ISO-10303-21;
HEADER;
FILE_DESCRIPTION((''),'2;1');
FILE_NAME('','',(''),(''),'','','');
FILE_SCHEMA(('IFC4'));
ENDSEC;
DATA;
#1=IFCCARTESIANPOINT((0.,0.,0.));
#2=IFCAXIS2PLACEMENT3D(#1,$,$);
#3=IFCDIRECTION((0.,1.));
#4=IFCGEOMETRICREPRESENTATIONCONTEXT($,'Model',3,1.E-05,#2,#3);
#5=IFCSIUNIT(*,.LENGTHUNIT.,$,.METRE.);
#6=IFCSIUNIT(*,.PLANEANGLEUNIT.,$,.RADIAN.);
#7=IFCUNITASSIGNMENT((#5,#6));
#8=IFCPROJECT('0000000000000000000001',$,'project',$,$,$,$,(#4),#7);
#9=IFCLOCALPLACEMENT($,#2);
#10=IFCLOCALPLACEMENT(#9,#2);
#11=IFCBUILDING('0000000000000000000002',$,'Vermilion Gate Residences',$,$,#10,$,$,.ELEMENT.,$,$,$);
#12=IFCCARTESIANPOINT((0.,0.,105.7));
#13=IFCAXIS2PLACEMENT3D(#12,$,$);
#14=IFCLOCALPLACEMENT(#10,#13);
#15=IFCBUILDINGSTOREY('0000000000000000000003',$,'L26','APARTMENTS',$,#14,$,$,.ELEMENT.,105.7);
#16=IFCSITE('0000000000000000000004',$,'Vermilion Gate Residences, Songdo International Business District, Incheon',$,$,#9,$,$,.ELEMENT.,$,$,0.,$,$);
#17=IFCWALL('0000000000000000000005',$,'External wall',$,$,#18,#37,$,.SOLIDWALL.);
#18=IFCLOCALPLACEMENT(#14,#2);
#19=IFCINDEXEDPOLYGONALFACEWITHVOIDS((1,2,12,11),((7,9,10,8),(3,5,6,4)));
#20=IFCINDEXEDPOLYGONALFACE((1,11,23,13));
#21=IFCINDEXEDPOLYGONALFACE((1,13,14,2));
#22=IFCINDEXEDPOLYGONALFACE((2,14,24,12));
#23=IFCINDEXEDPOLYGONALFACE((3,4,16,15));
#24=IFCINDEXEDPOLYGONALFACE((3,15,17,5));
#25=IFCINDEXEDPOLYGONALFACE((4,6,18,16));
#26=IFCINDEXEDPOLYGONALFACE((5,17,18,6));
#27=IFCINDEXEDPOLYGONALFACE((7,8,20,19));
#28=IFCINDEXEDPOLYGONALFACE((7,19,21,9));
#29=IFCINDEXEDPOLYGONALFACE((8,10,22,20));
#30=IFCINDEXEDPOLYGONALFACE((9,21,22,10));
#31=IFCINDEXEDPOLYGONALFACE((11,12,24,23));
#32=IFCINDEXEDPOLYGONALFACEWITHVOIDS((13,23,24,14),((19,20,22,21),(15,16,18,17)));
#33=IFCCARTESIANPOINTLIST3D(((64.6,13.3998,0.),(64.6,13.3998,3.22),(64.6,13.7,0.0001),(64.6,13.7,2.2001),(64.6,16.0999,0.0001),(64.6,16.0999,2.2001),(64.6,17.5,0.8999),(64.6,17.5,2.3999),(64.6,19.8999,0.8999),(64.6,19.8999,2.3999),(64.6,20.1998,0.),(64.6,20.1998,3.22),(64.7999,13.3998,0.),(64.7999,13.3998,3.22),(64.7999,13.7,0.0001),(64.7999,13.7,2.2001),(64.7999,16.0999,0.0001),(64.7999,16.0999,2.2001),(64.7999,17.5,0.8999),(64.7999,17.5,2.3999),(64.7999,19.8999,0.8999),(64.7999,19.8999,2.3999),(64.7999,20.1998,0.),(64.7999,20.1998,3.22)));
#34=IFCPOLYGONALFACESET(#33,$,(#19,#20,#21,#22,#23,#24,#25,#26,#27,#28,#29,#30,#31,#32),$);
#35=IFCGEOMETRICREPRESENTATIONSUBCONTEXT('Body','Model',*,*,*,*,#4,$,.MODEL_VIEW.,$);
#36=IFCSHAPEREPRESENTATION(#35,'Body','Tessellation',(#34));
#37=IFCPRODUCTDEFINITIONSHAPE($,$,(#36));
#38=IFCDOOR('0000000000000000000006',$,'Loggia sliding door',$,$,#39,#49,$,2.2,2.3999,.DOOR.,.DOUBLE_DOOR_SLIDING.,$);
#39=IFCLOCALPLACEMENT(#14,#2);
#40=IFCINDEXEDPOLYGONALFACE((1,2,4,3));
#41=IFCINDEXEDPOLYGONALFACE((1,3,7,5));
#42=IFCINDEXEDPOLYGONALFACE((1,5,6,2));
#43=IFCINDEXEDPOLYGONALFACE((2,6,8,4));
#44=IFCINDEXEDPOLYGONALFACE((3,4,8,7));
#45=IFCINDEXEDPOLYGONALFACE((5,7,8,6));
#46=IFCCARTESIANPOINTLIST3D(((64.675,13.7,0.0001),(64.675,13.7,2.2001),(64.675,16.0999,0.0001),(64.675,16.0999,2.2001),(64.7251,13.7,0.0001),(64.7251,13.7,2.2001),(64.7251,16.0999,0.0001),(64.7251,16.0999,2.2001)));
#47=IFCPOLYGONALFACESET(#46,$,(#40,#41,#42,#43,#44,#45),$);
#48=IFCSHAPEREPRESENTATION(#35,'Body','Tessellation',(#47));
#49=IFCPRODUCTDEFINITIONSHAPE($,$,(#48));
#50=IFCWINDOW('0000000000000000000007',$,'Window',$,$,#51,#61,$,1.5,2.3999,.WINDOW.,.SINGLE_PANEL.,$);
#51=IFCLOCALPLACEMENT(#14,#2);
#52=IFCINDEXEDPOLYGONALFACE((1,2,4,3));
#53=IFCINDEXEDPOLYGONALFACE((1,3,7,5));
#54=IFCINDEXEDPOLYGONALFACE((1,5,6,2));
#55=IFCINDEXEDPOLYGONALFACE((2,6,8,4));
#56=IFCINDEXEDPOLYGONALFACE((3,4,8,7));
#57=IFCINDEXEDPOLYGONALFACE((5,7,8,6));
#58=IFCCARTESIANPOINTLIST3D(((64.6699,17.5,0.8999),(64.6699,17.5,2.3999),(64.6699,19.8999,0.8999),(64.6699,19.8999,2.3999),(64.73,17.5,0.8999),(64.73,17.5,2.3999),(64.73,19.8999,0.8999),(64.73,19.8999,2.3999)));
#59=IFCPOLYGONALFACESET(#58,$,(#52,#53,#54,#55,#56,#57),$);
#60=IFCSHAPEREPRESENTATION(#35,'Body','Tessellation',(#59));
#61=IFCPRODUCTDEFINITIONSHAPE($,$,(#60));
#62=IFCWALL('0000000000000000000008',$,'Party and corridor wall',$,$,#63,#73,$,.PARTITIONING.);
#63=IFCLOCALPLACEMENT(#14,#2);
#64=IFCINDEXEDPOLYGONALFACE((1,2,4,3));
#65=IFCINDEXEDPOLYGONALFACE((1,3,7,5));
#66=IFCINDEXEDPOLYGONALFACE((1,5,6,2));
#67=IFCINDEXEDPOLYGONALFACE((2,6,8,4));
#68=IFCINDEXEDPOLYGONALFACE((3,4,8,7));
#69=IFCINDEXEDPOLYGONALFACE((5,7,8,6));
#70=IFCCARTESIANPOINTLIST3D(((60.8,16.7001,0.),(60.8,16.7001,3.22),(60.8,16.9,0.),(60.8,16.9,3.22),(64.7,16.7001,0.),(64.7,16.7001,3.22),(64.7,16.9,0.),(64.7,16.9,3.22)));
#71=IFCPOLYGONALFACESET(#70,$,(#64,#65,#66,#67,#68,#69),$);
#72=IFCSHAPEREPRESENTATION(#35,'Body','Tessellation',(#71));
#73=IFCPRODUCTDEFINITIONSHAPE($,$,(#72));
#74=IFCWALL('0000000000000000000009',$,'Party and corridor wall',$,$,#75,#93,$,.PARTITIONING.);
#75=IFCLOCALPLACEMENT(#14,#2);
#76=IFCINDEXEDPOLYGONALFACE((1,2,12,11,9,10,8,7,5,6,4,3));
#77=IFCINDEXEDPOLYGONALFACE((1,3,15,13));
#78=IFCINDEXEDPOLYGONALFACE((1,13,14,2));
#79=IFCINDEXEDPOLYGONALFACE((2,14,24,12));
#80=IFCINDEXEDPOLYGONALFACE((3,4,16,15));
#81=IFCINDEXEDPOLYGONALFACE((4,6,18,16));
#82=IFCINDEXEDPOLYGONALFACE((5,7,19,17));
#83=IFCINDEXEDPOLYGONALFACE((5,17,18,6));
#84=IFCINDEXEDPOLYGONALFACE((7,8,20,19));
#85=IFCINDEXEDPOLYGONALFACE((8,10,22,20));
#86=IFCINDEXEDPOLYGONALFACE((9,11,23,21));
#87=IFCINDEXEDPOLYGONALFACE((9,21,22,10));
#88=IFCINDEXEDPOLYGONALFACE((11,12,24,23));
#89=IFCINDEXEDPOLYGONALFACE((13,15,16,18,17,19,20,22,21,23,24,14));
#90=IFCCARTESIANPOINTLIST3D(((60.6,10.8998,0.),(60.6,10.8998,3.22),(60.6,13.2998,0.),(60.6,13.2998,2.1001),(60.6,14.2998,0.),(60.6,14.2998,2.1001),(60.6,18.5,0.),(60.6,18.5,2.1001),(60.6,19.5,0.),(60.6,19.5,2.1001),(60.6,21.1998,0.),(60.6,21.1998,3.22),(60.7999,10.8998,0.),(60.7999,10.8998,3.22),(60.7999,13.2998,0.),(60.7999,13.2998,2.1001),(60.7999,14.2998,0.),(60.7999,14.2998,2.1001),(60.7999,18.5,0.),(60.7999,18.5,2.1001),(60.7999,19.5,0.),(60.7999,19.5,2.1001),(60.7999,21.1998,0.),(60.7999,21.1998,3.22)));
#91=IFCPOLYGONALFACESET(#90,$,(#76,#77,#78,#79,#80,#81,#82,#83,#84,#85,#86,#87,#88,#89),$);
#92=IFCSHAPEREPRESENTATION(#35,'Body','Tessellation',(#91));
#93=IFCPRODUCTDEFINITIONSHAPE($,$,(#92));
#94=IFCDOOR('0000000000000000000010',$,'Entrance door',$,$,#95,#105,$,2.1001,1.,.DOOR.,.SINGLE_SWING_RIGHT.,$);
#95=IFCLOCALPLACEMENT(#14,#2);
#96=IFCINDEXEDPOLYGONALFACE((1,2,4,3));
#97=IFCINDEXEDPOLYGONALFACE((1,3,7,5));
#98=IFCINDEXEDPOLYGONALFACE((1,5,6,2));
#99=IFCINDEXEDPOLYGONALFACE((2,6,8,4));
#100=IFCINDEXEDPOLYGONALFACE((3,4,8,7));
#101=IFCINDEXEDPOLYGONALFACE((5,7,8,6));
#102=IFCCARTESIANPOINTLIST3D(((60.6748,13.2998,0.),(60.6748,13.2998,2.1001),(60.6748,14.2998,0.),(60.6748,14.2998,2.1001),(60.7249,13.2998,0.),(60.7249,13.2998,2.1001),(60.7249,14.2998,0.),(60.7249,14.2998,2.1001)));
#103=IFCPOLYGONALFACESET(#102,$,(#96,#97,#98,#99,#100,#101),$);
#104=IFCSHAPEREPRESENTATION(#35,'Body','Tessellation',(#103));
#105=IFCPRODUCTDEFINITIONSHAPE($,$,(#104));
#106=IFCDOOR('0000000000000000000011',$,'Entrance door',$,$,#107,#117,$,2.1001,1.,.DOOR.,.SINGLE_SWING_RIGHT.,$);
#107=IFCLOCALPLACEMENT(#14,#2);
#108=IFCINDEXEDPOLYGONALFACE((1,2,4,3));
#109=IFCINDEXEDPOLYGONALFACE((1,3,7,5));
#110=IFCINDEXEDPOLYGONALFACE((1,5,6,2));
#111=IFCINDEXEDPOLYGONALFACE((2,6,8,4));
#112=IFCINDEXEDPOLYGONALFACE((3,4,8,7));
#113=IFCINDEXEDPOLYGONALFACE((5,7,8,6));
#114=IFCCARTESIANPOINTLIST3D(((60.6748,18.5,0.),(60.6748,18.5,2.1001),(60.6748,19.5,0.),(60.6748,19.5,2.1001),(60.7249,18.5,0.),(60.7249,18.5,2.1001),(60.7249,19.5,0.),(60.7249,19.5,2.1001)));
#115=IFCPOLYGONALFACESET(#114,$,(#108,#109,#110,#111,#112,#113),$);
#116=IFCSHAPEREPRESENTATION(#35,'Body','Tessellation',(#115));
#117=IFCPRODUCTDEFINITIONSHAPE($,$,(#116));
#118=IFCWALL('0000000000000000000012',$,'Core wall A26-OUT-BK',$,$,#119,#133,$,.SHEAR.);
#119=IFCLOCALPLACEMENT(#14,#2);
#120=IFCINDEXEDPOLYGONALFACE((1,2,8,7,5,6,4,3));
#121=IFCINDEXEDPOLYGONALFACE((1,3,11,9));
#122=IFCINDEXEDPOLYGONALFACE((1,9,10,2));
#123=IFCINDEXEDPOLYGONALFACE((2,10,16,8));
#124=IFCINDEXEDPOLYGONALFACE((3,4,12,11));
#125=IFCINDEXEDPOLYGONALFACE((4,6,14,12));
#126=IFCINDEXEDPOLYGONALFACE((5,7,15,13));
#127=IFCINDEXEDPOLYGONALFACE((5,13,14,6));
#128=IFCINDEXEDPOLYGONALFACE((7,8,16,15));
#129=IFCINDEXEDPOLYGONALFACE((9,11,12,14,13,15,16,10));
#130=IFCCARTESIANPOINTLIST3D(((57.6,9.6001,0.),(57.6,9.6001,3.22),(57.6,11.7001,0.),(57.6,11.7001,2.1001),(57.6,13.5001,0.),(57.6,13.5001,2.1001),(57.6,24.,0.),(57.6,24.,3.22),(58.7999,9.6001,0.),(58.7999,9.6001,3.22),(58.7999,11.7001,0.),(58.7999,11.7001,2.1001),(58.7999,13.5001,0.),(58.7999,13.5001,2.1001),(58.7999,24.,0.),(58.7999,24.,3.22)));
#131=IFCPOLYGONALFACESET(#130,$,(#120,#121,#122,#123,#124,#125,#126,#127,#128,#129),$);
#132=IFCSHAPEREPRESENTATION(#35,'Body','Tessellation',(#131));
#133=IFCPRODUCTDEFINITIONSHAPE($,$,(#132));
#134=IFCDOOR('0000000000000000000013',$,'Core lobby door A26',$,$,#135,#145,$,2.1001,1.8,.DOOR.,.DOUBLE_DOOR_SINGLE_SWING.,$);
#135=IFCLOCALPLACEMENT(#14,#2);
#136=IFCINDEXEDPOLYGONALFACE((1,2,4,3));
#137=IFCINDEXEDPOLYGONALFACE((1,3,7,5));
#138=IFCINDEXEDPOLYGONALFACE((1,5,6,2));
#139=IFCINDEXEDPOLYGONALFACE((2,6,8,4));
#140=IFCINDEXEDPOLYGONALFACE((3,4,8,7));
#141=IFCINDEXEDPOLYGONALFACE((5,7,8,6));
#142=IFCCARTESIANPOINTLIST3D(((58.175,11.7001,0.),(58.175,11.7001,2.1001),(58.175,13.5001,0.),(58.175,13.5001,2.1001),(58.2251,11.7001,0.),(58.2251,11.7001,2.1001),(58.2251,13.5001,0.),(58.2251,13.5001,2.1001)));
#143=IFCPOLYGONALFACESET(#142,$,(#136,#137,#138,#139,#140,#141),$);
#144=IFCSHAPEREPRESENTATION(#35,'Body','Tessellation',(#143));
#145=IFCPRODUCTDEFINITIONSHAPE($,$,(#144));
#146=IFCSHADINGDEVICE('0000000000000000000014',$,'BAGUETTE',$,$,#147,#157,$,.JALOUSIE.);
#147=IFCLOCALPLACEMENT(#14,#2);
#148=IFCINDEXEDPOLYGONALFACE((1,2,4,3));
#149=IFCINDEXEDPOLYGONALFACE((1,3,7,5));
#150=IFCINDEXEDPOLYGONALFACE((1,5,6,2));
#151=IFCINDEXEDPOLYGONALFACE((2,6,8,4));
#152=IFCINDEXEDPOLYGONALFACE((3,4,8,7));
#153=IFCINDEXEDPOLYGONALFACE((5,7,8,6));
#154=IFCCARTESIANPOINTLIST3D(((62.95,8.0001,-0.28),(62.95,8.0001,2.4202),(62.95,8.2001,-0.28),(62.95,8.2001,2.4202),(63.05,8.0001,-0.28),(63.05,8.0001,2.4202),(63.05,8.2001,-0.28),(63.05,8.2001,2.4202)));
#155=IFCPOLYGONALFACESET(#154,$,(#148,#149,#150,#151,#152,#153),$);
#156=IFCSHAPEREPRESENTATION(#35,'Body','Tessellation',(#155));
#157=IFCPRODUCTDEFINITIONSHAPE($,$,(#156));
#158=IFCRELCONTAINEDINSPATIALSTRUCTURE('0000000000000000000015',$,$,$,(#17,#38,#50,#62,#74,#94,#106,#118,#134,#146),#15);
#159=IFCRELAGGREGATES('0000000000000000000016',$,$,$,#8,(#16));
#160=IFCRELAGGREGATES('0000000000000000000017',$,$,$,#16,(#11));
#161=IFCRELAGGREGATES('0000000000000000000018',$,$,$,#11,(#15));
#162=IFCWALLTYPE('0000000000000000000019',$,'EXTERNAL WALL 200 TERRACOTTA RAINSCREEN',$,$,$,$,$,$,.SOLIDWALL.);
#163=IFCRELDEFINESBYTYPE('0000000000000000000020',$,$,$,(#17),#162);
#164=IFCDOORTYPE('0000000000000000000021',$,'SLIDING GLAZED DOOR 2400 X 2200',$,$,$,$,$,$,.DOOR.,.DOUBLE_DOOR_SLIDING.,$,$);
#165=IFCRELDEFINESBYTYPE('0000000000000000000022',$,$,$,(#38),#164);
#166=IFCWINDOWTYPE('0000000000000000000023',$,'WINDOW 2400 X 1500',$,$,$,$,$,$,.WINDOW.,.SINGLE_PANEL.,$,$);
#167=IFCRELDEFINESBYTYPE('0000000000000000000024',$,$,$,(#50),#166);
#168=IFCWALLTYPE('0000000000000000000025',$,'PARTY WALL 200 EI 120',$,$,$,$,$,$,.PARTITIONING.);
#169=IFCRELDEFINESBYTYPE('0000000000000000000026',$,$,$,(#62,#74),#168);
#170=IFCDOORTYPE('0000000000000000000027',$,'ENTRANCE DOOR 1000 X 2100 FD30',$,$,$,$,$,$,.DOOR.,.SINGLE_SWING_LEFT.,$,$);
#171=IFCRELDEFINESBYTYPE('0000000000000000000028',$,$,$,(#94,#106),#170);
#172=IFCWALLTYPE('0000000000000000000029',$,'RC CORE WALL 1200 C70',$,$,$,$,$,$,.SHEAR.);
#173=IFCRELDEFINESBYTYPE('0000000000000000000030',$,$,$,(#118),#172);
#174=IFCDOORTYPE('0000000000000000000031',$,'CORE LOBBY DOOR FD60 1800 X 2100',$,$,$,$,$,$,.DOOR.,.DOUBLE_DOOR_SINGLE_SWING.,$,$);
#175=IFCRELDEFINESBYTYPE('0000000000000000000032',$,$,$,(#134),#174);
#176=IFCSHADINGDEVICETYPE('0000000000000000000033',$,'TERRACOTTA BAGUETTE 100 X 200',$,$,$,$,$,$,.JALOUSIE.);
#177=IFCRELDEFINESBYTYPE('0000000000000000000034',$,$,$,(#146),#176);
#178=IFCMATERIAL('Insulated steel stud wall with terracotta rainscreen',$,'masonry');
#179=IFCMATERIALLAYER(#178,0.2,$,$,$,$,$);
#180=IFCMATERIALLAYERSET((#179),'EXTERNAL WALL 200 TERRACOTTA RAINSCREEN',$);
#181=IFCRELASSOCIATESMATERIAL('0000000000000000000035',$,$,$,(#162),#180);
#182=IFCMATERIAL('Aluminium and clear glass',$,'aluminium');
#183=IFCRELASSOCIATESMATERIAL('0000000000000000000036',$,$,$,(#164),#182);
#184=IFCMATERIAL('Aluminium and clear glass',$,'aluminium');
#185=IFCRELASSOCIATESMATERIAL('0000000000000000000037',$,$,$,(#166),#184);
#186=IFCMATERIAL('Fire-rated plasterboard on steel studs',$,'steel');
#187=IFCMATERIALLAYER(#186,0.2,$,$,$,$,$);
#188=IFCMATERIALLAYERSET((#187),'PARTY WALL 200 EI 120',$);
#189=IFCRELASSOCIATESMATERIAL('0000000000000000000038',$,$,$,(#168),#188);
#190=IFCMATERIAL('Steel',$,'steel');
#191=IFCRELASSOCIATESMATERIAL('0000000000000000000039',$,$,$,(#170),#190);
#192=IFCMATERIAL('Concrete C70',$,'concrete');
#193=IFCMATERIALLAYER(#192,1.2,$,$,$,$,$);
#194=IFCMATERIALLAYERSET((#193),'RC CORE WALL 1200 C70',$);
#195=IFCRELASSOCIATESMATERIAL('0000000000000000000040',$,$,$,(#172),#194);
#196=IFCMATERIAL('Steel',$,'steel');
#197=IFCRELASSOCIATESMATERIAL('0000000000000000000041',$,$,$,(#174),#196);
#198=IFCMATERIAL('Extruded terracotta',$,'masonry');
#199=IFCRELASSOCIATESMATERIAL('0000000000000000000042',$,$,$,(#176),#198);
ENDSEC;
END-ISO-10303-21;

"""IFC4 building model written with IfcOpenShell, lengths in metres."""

from ifc_helpers import new_model, si_unit, direction, frame, frame_2d, origin, origin_2d, place, context, subcontext, project, spatial, rectangle, extrude, material, layer, layer_set, material_profile, profile_set, type_object, element, fill, save


model = new_model("IFC4")

# Units and contexts
model_context = context("Model", 3, precision=1e-05, world=origin(), true_north=direction((0.0, 1.0)))
body_context = subcontext(model_context, "Body", "Model", "MODEL_VIEW")
ifc_project = project(units=[si_unit("LENGTHUNIT", "METRE"), si_unit("PLANEANGLEUNIT", "RADIAN")], contexts=[model_context])

# Site, building, storey
site_placement = place(None, origin())
site = spatial("IfcSite", under=ifc_project, at=site_placement, Name="Vermilion Gate Residences, Songdo International Business District, Incheon", CompositionType="ELEMENT", RefElevation=0.0)
building_placement = place(site_placement, origin())
building = spatial("IfcBuilding", under=site, at=building_placement, Name="Vermilion Gate Residences", CompositionType="ELEMENT")
storey_placement = place(building_placement, frame((0.0, 0.0, 105.7)))
storey = spatial("IfcBuildingStorey", under=building, at=storey_placement, Name="L26", Description="APARTMENTS", CompositionType="ELEMENT", Elevation=105.7)

# Shared definitions
ifc_material_1 = material(Name="Insulated steel stud wall with terracotta rainscreen", Category="masonry")
ifc_layer_1 = layer(ifc_material_1, 0.2)
ifc_layer_set_1 = layer_set([ifc_layer_1], Name="EXTERNAL WALL 200 TERRACOTTA RAINSCREEN")
wall_type_1 = type_object("IfcWallType", Name="EXTERNAL WALL 200 TERRACOTTA RAINSCREEN", PredefinedType="SOLIDWALL", material=ifc_layer_set_1)

# Wall, openings, door, window
wall_1_placement = place(storey_placement, frame((64.7, 13.3999, 0.0), z_axis=(0.0, 0.0, 1.0), x_axis=(0.0, 1.0, 0.0)))
wall_1 = element("IfcWall", 1, at=wall_1_placement, inside=storey, type_object=wall_type_1, Name="External wall", PredefinedType="SOLIDWALL", context=body_context, shape_type="SweptSolid", body=[
    extrude(rectangle(XDim=6.8, YDim=0.2, at=frame_2d((3.3999, 0.0))), origin(), (0.0, 0.0, 1.0), 3.22),
])
opening_1_placement = place(wall_1_placement, frame((4.1001, 0.0, 0.8999)))
opening_1 = element("IfcOpeningElement", 2, at=opening_1_placement, cuts=wall_1, PredefinedType="OPENING", context=body_context, shape_type="SweptSolid", body=[
    extrude(rectangle(XDim=2.3999, YDim=1.5, at=frame_2d((1.2, 0.75))), frame((0.0, 0.1099, 0.0), z_axis=(0.0, -1.0, 0.0), x_axis=(1.0, 0.0, 0.0)), (0.0, 0.0, 1.0), 0.22),
])
opening_2_placement = place(wall_1_placement, frame((0.3, 0.0, 0.0)))
opening_2 = element("IfcOpeningElement", 3, at=opening_2_placement, cuts=wall_1, PredefinedType="OPENING", context=body_context, shape_type="SweptSolid", body=[
    extrude(rectangle(XDim=2.3999, YDim=2.2, at=frame_2d((1.2, 1.1001))), frame((0.0, 0.1099, 0.0), z_axis=(0.0, -1.0, 0.0), x_axis=(1.0, 0.0, 0.0)), (0.0, 0.0, 1.0), 0.22),
])
ifc_material_2 = material(Name="Aluminium and clear glass", Category="aluminium")
door_type_1 = type_object("IfcDoorType", Name="SLIDING GLAZED DOOR 2400 X 2200", OperationType="DOUBLE_DOOR_SLIDING", PredefinedType="DOOR", material=ifc_material_2)
door_1_placement = place(opening_2_placement, origin())
door_1 = element("IfcDoor", 4, at=door_1_placement, inside=storey, type_object=door_type_1, Name="Loggia sliding door", OperationType="DOUBLE_DOOR_SLIDING", OverallHeight=2.2, OverallWidth=2.3999, PredefinedType="DOOR", context=body_context, shape_type="SweptSolid", body=[
    extrude(rectangle(XDim=2.3999, YDim=2.2, at=frame_2d((1.2, 1.1001))), frame((0.0, 0.0249, 0.0), z_axis=(0.0, -1.0, 0.0), x_axis=(1.0, 0.0, 0.0)), (0.0, 0.0, 1.0), 0.05),
])
fill(opening_2, door_1)
ifc_material_3 = material(Name="Aluminium and clear glass", Category="aluminium")
window_type_1 = type_object("IfcWindowType", Name="WINDOW 2400 X 1500", PartitioningType="SINGLE_PANEL", PredefinedType="WINDOW", material=ifc_material_3)
window_1_placement = place(opening_1_placement, origin())
window_1 = element("IfcWindow", 5, at=window_1_placement, inside=storey, type_object=window_type_1, Name="Window", OverallHeight=1.5, OverallWidth=2.3999, PartitioningType="SINGLE_PANEL", PredefinedType="WINDOW", context=body_context, shape_type="SweptSolid", body=[
    extrude(rectangle(XDim=2.3999, YDim=1.5, at=frame_2d((1.2, 0.75))), frame((0.0, 0.03, 0.0), z_axis=(0.0, -1.0, 0.0), x_axis=(1.0, 0.0, 0.0)), (0.0, 0.0, 1.0), 0.0601),
])
fill(opening_1, window_1)

# Wall
ifc_material_4 = material(Name="Fire-rated plasterboard on steel studs", Category="steel")
ifc_layer_2 = layer(ifc_material_4, 0.2)
ifc_layer_set_2 = layer_set([ifc_layer_2], Name="PARTY WALL 200 EI 120")
wall_type_2 = type_object("IfcWallType", Name="PARTY WALL 200 EI 120", PredefinedType="PARTITIONING", material=ifc_layer_set_2)
wall_2_placement = place(storey_placement, frame((60.8, 16.8, 0.0), z_axis=(0.0, 0.0, 1.0), x_axis=(1.0, 0.0, 0.0)))
element("IfcWall", 6, at=wall_2_placement, inside=storey, type_object=wall_type_2, Name="Party and corridor wall", PredefinedType="PARTITIONING", context=body_context, shape_type="SweptSolid", body=[
    extrude(rectangle(XDim=3.8999, YDim=0.2, at=frame_2d((1.95, 0.0))), origin(), (0.0, 0.0, 1.0), 3.22),
])

# Wall, openings, doors
wall_3_placement = place(storey_placement, frame((60.7, 10.8999, 0.0), z_axis=(0.0, 0.0, 1.0), x_axis=(0.0, 1.0, 0.0)))
wall_3 = element("IfcWall", 7, at=wall_3_placement, inside=storey, type_object=wall_type_2, Name="Party and corridor wall", PredefinedType="PARTITIONING", context=body_context, shape_type="SweptSolid", body=[
    extrude(rectangle(XDim=10.3, YDim=0.2, at=frame_2d((5.1499, 0.0))), origin(), (0.0, 0.0, 1.0), 3.22),
])
opening_3_placement = place(wall_3_placement, frame((2.3999, 0.0, 0.0)))
opening_3 = element("IfcOpeningElement", 8, at=opening_3_placement, cuts=wall_3, PredefinedType="OPENING", context=body_context, shape_type="SweptSolid", body=[
    extrude(rectangle(XDim=1.0, YDim=2.1001, at=frame_2d((0.5, 1.05))), frame((0.0, 0.1099, 0.0), z_axis=(0.0, -1.0, 0.0), x_axis=(1.0, 0.0, 0.0)), (0.0, 0.0, 1.0), 0.22),
])
opening_4_placement = place(wall_3_placement, frame((7.6001, 0.0, 0.0)))
opening_4 = element("IfcOpeningElement", 9, at=opening_4_placement, cuts=wall_3, PredefinedType="OPENING", context=body_context, shape_type="SweptSolid", body=[
    extrude(rectangle(XDim=1.0, YDim=2.1001, at=frame_2d((0.5, 1.05))), frame((0.0, 0.1099, 0.0), z_axis=(0.0, -1.0, 0.0), x_axis=(1.0, 0.0, 0.0)), (0.0, 0.0, 1.0), 0.22),
])
ifc_material_5 = material(Name="Steel", Category="steel")
door_type_2 = type_object("IfcDoorType", Name="ENTRANCE DOOR 1000 X 2100 FD30", OperationType="SINGLE_SWING_LEFT", PredefinedType="DOOR", material=ifc_material_5)
door_2_placement = place(opening_3_placement, frame((1.0, 0.0, 0.0), z_axis=(0.0, 0.0, 1.0), x_axis=(-1.0, 0.0, 0.0)))
door_2 = element("IfcDoor", 10, at=door_2_placement, inside=storey, type_object=door_type_2, Name="Entrance door", OperationType="SINGLE_SWING_RIGHT", OverallHeight=2.1001, OverallWidth=1.0, PredefinedType="DOOR", context=body_context, shape_type="SweptSolid", body=[
    extrude(rectangle(XDim=1.0, YDim=2.1001, at=frame_2d((0.5, 1.05))), frame((0.0, 0.0249, 0.0), z_axis=(0.0, -1.0, 0.0), x_axis=(1.0, 0.0, 0.0)), (0.0, 0.0, 1.0), 0.05),
])
fill(opening_3, door_2)
door_3_placement = place(opening_4_placement, frame((1.0, 0.0, 0.0), z_axis=(0.0, 0.0, 1.0), x_axis=(-1.0, 0.0, 0.0)))
door_3 = element("IfcDoor", 11, at=door_3_placement, inside=storey, type_object=door_type_2, Name="Entrance door", OperationType="SINGLE_SWING_RIGHT", OverallHeight=2.1001, OverallWidth=1.0, PredefinedType="DOOR", context=body_context, shape_type="SweptSolid", body=[
    extrude(rectangle(XDim=1.0, YDim=2.1001, at=frame_2d((0.5, 1.05))), frame((0.0, 0.0249, 0.0), z_axis=(0.0, -1.0, 0.0), x_axis=(1.0, 0.0, 0.0)), (0.0, 0.0, 1.0), 0.05),
])
fill(opening_4, door_3)

# Wall, opening, door
ifc_material_6 = material(Name="Concrete C70", Category="concrete")
ifc_layer_3 = layer(ifc_material_6, 1.2)
ifc_layer_set_3 = layer_set([ifc_layer_3], Name="RC CORE WALL 1200 C70")
wall_type_3 = type_object("IfcWallType", Name="RC CORE WALL 1200 C70", PredefinedType="SHEAR", material=ifc_layer_set_3)
wall_4_placement = place(storey_placement, frame((58.2, 9.6001, 0.0), z_axis=(0.0, 0.0, 1.0), x_axis=(0.0, 1.0, 0.0)))
wall_4 = element("IfcWall", 12, at=wall_4_placement, inside=storey, type_object=wall_type_3, Name="Core wall A26-OUT-BK", PredefinedType="SHEAR", context=body_context, shape_type="SweptSolid", body=[
    extrude(rectangle(XDim=14.3999, YDim=1.2, at=frame_2d((7.2, 0.0))), origin(), (0.0, 0.0, 1.0), 3.22),
])
opening_5_placement = place(wall_4_placement, frame((2.1001, 0.0, 0.0)))
opening_5 = element("IfcOpeningElement", 13, at=opening_5_placement, cuts=wall_4, PredefinedType="OPENING", context=body_context, shape_type="SweptSolid", body=[
    extrude(rectangle(XDim=1.8, YDim=2.1001, at=frame_2d((0.8999, 1.05))), frame((0.0, 0.6099, 0.0), z_axis=(0.0, -1.0, 0.0), x_axis=(1.0, 0.0, 0.0)), (0.0, 0.0, 1.0), 1.22),
])
ifc_material_7 = material(Name="Steel", Category="steel")
door_type_3 = type_object("IfcDoorType", Name="CORE LOBBY DOOR FD60 1800 X 2100", OperationType="DOUBLE_DOOR_SINGLE_SWING", PredefinedType="DOOR", material=ifc_material_7)
door_4_placement = place(opening_5_placement, origin())
door_4 = element("IfcDoor", 14, at=door_4_placement, inside=storey, type_object=door_type_3, Name="Core lobby door A26", OperationType="DOUBLE_DOOR_SINGLE_SWING", OverallHeight=2.1001, OverallWidth=1.8, PredefinedType="DOOR", context=body_context, shape_type="SweptSolid", body=[
    extrude(rectangle(XDim=1.8, YDim=2.1001, at=frame_2d((0.8999, 1.05))), frame((0.0, 0.0249, 0.0), z_axis=(0.0, -1.0, 0.0), x_axis=(1.0, 0.0, 0.0)), (0.0, 0.0, 1.0), 0.05),
])
fill(opening_5, door_4)

# Shading device
ifc_material_8 = material(Name="Extruded terracotta", Category="masonry")
ifc_material_profile_1 = material_profile(ifc_material_8, rectangle(XDim=0.2, YDim=0.1001, at=origin_2d()), Name="BAGUETTE 100 X 200")
ifc_profile_set_1 = profile_set([ifc_material_profile_1], Name="Extruded terracotta")
shading_device_type = type_object("IfcShadingDeviceType", Name="TERRACOTTA BAGUETTE 100 X 200", PredefinedType="JALOUSIE", material=ifc_profile_set_1)
for number, where, z_axis, x_axis, name in (
    (15, (63.0, 8.1001, -0.28), (0.0, 0.0, 1.0), (0.0, 1.0, 0.0), "BAGUETTE"),
):
    element("IfcShadingDevice", number, at=place(storey_placement, frame(where, z_axis=z_axis, x_axis=x_axis)), inside=storey, type_object=shading_device_type, Name=name, PredefinedType="JALOUSIE", context=body_context, shape_type="SweptSolid", body=[
        extrude(rectangle(XDim=0.2, YDim=0.1001, at=origin_2d()), origin(), (0.0, 0.0, 1.0), 2.7002),
    ])

save(model, "model.ifc")
